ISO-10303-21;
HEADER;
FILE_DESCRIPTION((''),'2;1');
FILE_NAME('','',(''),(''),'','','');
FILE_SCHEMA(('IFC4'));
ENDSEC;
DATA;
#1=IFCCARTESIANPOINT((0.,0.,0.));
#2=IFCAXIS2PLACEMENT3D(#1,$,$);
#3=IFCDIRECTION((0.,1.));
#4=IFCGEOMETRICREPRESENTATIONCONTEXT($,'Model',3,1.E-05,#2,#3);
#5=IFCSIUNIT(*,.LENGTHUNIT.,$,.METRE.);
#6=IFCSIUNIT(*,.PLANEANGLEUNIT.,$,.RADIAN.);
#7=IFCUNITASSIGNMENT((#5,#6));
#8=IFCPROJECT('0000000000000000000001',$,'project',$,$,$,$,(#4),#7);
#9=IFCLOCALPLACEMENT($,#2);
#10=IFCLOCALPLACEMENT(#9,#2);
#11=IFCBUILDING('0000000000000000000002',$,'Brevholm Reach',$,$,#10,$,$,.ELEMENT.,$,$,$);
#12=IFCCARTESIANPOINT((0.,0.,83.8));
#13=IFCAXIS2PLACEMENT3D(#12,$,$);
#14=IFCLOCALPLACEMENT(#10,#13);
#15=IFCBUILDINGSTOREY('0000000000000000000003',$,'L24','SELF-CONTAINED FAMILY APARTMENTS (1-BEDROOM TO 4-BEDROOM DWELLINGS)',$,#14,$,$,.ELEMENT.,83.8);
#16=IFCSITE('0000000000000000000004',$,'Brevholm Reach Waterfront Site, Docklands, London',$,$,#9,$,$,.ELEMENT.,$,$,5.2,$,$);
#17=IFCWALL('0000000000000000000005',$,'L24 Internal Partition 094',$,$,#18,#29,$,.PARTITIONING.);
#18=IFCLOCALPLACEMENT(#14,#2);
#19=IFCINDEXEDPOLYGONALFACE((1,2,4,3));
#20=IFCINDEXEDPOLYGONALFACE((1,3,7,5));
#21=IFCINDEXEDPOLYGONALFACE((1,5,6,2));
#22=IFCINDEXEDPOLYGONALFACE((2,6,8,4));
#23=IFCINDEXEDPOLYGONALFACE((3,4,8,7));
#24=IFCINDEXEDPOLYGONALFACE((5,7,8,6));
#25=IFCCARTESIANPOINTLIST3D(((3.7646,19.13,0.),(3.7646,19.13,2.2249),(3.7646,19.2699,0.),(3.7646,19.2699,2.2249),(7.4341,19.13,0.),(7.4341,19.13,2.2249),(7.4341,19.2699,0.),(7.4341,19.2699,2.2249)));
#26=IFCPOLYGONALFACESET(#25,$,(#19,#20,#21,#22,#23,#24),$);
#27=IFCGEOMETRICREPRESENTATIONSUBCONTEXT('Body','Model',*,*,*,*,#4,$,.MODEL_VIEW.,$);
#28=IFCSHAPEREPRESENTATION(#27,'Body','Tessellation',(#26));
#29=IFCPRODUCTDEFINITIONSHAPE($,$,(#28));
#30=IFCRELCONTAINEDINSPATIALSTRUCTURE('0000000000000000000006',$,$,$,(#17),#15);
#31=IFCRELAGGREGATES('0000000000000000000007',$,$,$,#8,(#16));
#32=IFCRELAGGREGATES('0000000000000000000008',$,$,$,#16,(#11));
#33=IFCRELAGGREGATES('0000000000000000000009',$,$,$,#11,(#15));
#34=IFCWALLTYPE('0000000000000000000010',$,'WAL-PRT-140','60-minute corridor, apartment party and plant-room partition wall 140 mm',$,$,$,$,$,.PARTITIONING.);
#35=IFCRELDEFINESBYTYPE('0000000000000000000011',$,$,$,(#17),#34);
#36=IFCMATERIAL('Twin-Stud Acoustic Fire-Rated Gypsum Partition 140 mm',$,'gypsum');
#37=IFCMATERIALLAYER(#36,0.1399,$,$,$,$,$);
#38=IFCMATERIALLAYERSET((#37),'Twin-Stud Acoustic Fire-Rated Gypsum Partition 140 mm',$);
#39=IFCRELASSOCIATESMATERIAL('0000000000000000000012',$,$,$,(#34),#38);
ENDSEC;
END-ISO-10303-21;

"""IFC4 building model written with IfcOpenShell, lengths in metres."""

from ifc_helpers import new_model, si_unit, direction, frame, frame_2d, origin, place, context, subcontext, project, spatial, rectangle, extrude, material, layer, layer_set, type_object, element, save


model = new_model("IFC4")

# Units and contexts
model_context = context("Model", 3, precision=1e-05, world=origin(), true_north=direction((0.0, 1.0)))
body_context = subcontext(model_context, "Body", "Model", "MODEL_VIEW")
ifc_project = project(units=[si_unit("LENGTHUNIT", "METRE"), si_unit("PLANEANGLEUNIT", "RADIAN")], contexts=[model_context])

# Site, building, storey
site_placement = place(None, origin())
site = spatial("IfcSite", under=ifc_project, at=site_placement, Name="Brevholm Reach Waterfront Site, Docklands, London", CompositionType="ELEMENT", RefElevation=5.2)
building_placement = place(site_placement, origin())
building = spatial("IfcBuilding", under=site, at=building_placement, Name="Brevholm Reach", CompositionType="ELEMENT")
storey_placement = place(building_placement, frame((0.0, 0.0, 83.8)))
storey = spatial("IfcBuildingStorey", under=building, at=storey_placement, Name="L24", Description="SELF-CONTAINED FAMILY APARTMENTS (1-BEDROOM TO 4-BEDROOM DWELLINGS)", CompositionType="ELEMENT", Elevation=83.8)

# Wall
ifc_material_1 = material(Name="Twin-Stud Acoustic Fire-Rated Gypsum Partition 140 mm", Category="gypsum")
ifc_layer_1 = layer(ifc_material_1, 0.1399)
ifc_layer_set_1 = layer_set([ifc_layer_1], Name="Twin-Stud Acoustic Fire-Rated Gypsum Partition 140 mm")
wall_type_1 = type_object("IfcWallType", Name="WAL-PRT-140", Description="60-minute corridor, apartment party and plant-room partition wall 140 mm", PredefinedType="PARTITIONING", material=ifc_layer_set_1)
wall_1_placement = place(storey_placement, frame((3.7646, 19.2, 0.0), z_axis=(0.0, 0.0, 1.0), x_axis=(1.0, 0.0, 0.0)))
element("IfcWall", 1, at=wall_1_placement, inside=storey, type_object=wall_type_1, Name="L24 Internal Partition 094", PredefinedType="PARTITIONING", context=body_context, shape_type="SweptSolid", body=[
    extrude(rectangle(XDim=3.6694, YDim=0.1399, at=frame_2d((1.8347, 0.0))), origin(), (0.0, 0.0, 1.0), 2.2249),
])

save(model, "model.ifc")
